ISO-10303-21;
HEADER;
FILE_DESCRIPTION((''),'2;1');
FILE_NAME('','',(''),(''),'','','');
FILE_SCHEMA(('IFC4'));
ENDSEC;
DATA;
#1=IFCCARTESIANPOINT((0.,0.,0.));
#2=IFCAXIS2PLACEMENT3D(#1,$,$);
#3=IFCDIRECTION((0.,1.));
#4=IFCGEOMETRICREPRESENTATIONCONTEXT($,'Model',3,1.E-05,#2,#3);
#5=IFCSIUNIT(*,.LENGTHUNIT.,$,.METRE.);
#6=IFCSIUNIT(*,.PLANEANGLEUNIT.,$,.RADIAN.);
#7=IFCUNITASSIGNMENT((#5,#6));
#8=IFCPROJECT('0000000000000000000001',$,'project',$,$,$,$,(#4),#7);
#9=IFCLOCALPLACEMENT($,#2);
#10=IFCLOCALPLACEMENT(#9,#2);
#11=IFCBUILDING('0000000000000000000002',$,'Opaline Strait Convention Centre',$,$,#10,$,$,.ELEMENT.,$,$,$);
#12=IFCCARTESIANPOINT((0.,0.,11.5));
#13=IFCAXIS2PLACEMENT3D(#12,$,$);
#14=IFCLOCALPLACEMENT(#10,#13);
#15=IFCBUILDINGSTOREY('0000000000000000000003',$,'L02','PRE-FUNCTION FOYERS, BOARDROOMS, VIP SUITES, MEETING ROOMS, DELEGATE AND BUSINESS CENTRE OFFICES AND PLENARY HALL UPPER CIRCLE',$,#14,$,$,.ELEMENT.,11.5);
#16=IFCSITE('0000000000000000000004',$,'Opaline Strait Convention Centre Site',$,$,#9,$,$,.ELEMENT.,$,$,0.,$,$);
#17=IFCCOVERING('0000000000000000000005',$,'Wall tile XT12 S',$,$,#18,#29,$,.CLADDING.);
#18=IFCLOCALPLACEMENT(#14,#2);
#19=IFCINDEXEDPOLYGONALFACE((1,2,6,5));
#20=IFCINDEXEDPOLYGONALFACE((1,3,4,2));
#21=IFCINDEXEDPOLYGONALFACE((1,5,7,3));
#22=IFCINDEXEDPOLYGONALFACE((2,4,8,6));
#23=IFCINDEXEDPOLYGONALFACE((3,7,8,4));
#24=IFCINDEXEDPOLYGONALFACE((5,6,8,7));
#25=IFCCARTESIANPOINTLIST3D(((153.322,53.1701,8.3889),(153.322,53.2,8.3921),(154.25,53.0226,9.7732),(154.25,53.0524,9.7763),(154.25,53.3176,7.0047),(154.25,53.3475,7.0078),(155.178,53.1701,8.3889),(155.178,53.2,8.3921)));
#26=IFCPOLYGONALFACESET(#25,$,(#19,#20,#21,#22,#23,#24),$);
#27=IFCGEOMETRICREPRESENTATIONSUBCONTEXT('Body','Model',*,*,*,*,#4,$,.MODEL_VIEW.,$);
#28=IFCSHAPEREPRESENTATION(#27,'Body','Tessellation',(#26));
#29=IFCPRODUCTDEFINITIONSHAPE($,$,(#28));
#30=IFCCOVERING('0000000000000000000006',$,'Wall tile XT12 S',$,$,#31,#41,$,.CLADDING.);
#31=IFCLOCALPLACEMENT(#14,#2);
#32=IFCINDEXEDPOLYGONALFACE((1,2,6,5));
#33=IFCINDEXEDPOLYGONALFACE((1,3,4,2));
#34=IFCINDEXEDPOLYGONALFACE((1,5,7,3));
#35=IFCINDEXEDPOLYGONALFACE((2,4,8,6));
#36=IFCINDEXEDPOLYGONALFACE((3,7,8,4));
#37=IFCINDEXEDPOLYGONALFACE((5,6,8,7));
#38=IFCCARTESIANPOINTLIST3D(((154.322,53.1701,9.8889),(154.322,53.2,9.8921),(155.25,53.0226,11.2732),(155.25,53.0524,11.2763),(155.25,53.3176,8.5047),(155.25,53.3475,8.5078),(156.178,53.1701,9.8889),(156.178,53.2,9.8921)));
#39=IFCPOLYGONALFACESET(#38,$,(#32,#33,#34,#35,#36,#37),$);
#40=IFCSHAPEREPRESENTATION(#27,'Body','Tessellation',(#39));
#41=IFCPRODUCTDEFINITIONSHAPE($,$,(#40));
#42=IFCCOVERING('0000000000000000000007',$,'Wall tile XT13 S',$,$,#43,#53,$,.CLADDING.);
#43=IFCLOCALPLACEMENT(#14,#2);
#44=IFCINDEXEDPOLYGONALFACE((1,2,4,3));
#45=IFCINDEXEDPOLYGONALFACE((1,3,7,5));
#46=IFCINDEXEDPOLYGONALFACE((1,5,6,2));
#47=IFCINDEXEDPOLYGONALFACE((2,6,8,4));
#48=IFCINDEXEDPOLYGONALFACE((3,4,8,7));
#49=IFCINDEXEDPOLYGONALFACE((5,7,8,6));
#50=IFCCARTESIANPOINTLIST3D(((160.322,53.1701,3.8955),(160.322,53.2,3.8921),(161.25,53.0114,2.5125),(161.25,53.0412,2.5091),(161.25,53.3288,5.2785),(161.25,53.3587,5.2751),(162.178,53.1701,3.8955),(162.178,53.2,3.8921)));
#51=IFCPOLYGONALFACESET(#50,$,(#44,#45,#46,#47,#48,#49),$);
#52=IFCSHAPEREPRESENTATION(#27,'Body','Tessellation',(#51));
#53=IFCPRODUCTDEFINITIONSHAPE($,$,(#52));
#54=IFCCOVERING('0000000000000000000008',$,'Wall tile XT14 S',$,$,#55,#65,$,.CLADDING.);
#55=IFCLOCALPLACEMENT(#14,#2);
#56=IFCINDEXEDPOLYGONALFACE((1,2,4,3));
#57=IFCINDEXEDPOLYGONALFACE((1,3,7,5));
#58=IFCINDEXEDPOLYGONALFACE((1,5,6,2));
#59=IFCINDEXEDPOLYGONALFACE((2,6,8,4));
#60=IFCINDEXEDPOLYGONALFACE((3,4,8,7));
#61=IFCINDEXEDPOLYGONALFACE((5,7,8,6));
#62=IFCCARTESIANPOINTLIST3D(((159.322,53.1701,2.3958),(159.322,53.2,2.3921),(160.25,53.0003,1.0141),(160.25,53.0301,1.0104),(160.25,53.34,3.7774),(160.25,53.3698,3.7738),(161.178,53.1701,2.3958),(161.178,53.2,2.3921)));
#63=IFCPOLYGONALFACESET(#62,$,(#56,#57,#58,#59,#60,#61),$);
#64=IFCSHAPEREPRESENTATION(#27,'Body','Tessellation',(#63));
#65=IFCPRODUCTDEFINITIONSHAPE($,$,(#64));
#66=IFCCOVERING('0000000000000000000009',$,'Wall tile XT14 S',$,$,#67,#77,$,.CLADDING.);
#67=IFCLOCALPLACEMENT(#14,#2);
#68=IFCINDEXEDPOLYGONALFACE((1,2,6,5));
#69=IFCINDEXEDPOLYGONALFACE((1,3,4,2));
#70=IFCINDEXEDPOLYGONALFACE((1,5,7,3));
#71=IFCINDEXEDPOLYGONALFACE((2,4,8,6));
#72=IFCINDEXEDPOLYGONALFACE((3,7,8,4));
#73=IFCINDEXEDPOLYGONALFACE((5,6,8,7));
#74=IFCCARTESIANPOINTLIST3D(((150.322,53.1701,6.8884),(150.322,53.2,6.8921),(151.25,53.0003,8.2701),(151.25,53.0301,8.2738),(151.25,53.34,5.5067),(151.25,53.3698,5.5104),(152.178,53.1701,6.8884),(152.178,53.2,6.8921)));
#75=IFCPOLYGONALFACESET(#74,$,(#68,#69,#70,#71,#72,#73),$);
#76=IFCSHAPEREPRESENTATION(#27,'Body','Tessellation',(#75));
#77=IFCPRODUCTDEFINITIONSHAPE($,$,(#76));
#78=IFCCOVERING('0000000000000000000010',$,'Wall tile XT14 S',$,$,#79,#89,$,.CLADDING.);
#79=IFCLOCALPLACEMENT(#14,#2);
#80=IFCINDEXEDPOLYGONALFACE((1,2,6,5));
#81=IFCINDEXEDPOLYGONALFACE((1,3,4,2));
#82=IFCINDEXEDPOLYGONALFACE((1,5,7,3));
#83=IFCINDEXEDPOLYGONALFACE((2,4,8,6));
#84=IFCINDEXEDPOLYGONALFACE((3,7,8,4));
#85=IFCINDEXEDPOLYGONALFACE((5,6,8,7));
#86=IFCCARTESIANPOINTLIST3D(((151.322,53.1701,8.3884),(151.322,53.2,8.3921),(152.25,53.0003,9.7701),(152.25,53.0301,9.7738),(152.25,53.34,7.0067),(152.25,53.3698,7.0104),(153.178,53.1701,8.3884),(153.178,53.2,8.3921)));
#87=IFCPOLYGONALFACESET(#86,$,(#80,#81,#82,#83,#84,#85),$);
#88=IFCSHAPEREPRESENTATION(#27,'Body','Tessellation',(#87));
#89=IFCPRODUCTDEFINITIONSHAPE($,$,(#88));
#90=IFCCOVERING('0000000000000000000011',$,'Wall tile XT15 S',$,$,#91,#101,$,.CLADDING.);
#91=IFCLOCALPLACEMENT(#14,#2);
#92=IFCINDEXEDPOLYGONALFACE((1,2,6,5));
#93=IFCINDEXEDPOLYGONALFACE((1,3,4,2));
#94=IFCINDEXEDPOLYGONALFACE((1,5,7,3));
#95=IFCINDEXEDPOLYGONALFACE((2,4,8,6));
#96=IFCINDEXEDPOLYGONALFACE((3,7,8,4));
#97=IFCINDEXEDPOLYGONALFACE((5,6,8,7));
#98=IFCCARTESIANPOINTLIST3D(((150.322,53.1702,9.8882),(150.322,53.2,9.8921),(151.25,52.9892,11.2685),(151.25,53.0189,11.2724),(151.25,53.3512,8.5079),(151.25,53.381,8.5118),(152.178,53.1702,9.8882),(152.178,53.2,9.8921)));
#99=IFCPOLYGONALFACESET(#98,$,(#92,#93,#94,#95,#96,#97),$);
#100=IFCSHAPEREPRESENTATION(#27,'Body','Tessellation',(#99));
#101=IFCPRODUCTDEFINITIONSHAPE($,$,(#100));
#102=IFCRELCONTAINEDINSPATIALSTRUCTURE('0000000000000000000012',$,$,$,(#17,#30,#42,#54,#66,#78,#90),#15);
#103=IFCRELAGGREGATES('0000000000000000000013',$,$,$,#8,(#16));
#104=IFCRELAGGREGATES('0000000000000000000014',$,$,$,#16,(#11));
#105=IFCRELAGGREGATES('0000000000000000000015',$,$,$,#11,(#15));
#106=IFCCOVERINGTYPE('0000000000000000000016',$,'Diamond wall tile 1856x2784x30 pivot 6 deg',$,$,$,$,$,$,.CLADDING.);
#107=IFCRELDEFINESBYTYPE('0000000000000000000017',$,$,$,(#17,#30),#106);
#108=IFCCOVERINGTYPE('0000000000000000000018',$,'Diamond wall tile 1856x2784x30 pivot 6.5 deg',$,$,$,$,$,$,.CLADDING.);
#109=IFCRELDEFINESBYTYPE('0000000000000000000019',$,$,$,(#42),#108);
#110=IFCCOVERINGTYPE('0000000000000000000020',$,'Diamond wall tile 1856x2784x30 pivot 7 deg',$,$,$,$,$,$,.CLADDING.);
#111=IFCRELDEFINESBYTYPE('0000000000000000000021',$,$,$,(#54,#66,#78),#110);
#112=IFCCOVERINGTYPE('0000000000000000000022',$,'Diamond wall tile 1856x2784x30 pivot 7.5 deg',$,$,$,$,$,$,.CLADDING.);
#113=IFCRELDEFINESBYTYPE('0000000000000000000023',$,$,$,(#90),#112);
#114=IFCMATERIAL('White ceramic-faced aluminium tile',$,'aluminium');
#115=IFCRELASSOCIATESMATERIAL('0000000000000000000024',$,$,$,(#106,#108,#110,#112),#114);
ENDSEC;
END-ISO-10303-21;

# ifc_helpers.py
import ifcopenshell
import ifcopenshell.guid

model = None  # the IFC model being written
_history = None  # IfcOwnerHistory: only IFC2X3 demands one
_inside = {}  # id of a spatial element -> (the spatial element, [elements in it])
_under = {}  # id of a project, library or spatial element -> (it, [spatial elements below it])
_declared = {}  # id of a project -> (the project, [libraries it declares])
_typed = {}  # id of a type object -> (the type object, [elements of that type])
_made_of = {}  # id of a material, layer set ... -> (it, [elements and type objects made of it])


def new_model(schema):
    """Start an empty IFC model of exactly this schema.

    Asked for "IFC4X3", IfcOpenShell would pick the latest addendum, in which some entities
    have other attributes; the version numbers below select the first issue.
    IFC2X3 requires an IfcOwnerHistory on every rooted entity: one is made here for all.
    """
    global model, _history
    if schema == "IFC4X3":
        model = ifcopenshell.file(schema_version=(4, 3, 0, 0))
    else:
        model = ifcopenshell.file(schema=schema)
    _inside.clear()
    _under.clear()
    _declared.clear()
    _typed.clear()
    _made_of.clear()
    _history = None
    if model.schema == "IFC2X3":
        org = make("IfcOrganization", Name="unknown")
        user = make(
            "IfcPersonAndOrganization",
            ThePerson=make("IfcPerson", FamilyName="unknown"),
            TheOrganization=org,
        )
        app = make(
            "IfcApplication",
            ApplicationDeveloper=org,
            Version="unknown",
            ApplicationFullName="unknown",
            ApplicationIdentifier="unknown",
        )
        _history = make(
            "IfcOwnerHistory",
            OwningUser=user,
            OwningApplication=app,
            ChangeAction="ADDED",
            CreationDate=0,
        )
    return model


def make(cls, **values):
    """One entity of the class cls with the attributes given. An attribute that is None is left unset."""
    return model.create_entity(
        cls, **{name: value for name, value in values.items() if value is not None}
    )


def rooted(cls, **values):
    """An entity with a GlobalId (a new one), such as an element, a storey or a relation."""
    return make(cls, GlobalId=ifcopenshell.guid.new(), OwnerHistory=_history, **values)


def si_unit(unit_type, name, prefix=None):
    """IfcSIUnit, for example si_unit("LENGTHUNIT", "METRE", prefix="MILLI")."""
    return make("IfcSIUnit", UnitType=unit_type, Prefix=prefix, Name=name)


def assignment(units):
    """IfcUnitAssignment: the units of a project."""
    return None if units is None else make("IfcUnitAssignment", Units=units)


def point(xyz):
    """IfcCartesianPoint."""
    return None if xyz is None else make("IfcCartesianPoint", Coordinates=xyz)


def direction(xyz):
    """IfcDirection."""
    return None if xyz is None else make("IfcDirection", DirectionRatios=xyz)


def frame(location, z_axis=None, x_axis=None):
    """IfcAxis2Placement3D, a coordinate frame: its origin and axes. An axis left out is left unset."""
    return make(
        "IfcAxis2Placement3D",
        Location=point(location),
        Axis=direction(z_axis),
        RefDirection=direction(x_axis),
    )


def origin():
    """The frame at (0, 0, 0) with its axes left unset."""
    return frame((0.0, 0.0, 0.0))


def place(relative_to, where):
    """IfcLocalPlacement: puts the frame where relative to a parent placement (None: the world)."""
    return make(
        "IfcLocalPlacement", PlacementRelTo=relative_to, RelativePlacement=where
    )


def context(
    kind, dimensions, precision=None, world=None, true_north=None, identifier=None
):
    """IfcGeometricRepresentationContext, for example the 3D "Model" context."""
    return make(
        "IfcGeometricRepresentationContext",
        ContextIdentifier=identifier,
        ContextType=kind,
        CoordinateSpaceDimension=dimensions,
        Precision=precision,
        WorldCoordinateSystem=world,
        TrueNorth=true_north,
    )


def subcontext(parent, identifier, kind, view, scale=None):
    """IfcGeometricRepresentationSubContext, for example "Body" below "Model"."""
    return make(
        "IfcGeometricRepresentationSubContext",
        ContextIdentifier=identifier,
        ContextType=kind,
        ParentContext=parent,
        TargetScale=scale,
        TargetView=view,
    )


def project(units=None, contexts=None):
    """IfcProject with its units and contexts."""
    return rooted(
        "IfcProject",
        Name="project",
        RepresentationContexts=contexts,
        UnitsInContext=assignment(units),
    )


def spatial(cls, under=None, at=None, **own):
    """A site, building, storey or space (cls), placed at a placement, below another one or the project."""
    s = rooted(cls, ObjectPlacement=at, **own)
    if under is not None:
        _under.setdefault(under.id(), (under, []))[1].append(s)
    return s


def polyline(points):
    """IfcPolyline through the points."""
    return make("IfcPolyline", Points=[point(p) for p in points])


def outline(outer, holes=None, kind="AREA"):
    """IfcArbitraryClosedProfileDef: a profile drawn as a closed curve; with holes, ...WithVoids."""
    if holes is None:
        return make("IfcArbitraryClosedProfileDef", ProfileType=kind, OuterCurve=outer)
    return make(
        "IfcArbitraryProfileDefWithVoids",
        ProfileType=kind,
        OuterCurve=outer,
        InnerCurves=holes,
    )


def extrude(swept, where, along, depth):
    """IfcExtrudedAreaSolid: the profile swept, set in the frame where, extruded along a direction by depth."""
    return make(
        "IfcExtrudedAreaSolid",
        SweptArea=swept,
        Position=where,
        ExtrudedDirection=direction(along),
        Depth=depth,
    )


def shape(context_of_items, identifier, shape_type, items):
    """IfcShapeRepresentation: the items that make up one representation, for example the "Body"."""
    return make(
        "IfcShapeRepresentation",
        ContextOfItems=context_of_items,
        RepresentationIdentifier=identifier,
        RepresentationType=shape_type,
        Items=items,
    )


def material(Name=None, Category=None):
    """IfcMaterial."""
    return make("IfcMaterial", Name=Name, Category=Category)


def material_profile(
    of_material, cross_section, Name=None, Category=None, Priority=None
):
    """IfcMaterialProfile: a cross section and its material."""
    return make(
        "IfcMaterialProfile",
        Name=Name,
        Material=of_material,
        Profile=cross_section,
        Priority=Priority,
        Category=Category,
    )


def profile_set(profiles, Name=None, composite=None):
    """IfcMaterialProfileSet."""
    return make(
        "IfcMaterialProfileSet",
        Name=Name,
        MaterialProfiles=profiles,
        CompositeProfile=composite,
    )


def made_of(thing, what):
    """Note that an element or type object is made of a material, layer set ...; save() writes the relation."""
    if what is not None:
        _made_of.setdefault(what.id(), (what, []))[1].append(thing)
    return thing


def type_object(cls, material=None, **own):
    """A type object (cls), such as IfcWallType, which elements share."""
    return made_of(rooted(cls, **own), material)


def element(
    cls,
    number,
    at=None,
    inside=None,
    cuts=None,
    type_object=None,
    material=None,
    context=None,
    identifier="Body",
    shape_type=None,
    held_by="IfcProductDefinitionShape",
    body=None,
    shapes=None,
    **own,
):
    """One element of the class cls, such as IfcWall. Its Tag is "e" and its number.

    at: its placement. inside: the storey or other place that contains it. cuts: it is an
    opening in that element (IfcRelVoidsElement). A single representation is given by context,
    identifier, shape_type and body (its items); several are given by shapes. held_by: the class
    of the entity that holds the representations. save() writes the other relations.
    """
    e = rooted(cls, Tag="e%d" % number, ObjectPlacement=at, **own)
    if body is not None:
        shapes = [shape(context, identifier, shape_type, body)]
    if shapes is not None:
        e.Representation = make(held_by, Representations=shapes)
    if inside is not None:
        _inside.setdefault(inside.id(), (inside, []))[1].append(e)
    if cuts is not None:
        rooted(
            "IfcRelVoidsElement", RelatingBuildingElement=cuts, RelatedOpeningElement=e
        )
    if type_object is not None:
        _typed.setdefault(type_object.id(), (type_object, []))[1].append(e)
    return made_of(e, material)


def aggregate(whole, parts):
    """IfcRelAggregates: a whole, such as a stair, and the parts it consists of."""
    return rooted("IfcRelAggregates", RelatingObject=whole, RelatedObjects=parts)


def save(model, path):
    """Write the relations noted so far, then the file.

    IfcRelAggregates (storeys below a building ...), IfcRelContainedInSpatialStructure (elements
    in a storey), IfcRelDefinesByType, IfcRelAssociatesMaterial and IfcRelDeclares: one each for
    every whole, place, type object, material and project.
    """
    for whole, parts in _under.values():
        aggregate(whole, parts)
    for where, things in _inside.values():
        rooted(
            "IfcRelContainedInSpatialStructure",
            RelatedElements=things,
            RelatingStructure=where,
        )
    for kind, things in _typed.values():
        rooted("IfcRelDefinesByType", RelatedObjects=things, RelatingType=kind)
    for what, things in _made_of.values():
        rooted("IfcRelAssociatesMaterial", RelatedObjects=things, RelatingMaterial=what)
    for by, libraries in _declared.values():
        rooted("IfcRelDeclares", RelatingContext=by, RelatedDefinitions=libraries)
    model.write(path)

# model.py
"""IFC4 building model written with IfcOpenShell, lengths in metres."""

from ifc_helpers import new_model, si_unit, direction, frame, origin, place, context, subcontext, project, spatial, polyline, outline, extrude, material, material_profile, profile_set, type_object, element, save


model = new_model("IFC4")

# Units and contexts
model_context = context("Model", 3, precision=1e-05, world=origin(), true_north=direction((0.0, 1.0)))
body_context = subcontext(model_context, "Body", "Model", "MODEL_VIEW")
ifc_project = project(units=[si_unit("LENGTHUNIT", "METRE"), si_unit("PLANEANGLEUNIT", "RADIAN")], contexts=[model_context])

# Site, building, storey
site_placement = place(None, origin())
site = spatial("IfcSite", under=ifc_project, at=site_placement, Name="Opaline Strait Convention Centre Site", CompositionType="ELEMENT", RefElevation=0.0)
building_placement = place(site_placement, origin())
building = spatial("IfcBuilding", under=site, at=building_placement, Name="Opaline Strait Convention Centre", CompositionType="ELEMENT")
storey_placement = place(building_placement, frame((0.0, 0.0, 11.5)))
storey = spatial("IfcBuildingStorey", under=building, at=storey_placement, Name="L02", Description="PRE-FUNCTION FOYERS, BOARDROOMS, VIP SUITES, MEETING ROOMS, DELEGATE AND BUSINESS CENTRE OFFICES AND PLENARY HALL UPPER CIRCLE", CompositionType="ELEMENT", Elevation=11.5)

# Coverings
ifc_material = material(Name="White ceramic-faced aluminium tile", Category="aluminium")
ifc_material_profile_1 = material_profile(ifc_material, outline(polyline([(0.928, 0.0), (0.0, 1.3921), (-0.928, 0.0), (0.0, -1.3921), (0.928, 0.0)])), Name="Diamond tile 1856x2784")
ifc_profile_set_1 = profile_set([ifc_material_profile_1], Name="White ceramic-faced aluminium tile")
covering_type_1 = type_object("IfcCoveringType", Name="Diamond wall tile 1856x2784x30 pivot 6 deg", PredefinedType="CLADDING", material=ifc_profile_set_1)
for number, where, z_axis, x_axis, name in (
    (1, (154.25, 53.2, 8.3921), (0.0, -0.994371, -0.105958), (1.0, 0.0, 0.0), "Wall tile XT12 S"),
    (2, (155.25, 53.2, 9.8921), (0.0, -0.994371, -0.105958), (1.0, 0.0, 0.0), "Wall tile XT12 S"),
):
    element("IfcCovering", number, at=place(storey_placement, frame(where, z_axis=z_axis, x_axis=x_axis)), inside=storey, type_object=covering_type_1, Name=name, PredefinedType="CLADDING", context=body_context, shape_type="SweptSolid", body=[
        extrude(outline(polyline([(0.928, 0.0), (0.0, 1.3921), (-0.928, 0.0), (0.0, -1.3921), (0.928, 0.0)])), origin(), (0.0, 0.0, 1.0), 0.03),
    ])
ifc_material_profile_2 = material_profile(ifc_material, outline(polyline([(0.928, 0.0), (0.0, 1.3921), (-0.928, 0.0), (0.0, -1.3921), (0.928, 0.0)])), Name="Diamond tile 1856x2784")
ifc_profile_set_2 = profile_set([ifc_material_profile_2], Name="White ceramic-faced aluminium tile")
covering_type_2 = type_object("IfcCoveringType", Name="Diamond wall tile 1856x2784x30 pivot 6.5 deg", PredefinedType="CLADDING", material=ifc_profile_set_2)
covering_1_placement = place(storey_placement, frame((161.25, 53.2, 3.8921), z_axis=(0.0, -0.99348, 0.114006), x_axis=(1.0, 0.0, 0.0)))
element("IfcCovering", 3, at=covering_1_placement, inside=storey, type_object=covering_type_2, Name="Wall tile XT13 S", PredefinedType="CLADDING", context=body_context, shape_type="SweptSolid", body=[
    extrude(outline(polyline([(0.928, 0.0), (0.0, 1.3921), (-0.928, 0.0), (0.0, -1.3921), (0.928, 0.0)])), origin(), (0.0, 0.0, 1.0), 0.03),
])
ifc_material_profile_3 = material_profile(ifc_material, outline(polyline([(0.928, 0.0), (0.0, 1.3921), (-0.928, 0.0), (0.0, -1.3921), (0.928, 0.0)])), Name="Diamond tile 1856x2784")
ifc_profile_set_3 = profile_set([ifc_material_profile_3], Name="White ceramic-faced aluminium tile")
covering_type_3 = type_object("IfcCoveringType", Name="Diamond wall tile 1856x2784x30 pivot 7 deg", PredefinedType="CLADDING", material=ifc_profile_set_3)
for number, where, z_axis, x_axis, name in (
    (4, (160.25, 53.2, 2.3921), (0.0, -0.992526, 0.122032), (1.0, 0.0, 0.0), "Wall tile XT14 S"),
    (5, (151.25, 53.2, 6.8921), (0.0, -0.992526, -0.122032), (1.0, 0.0, 0.0), "Wall tile XT14 S"),
    (6, (152.25, 53.2, 8.3921), (0.0, -0.992526, -0.122032), (1.0, 0.0, 0.0), "Wall tile XT14 S"),
):
    element("IfcCovering", number, at=place(storey_placement, frame(where, z_axis=z_axis, x_axis=x_axis)), inside=storey, type_object=covering_type_3, Name=name, PredefinedType="CLADDING", context=body_context, shape_type="SweptSolid", body=[
        extrude(outline(polyline([(0.928, 0.0), (0.0, 1.3921), (-0.928, 0.0), (0.0, -1.3921), (0.928, 0.0)])), origin(), (0.0, 0.0, 1.0), 0.03),
    ])
ifc_material_profile_4 = material_profile(ifc_material, outline(polyline([(0.928, 0.0), (0.0, 1.3921), (-0.928, 0.0), (0.0, -1.3921), (0.928, 0.0)])), Name="Diamond tile 1856x2784")
ifc_profile_set_4 = profile_set([ifc_material_profile_4], Name="White ceramic-faced aluminium tile")
covering_type_4 = type_object("IfcCoveringType", Name="Diamond wall tile 1856x2784x30 pivot 7.5 deg", PredefinedType="CLADDING", material=ifc_profile_set_4)
covering_2_placement = place(storey_placement, frame((151.25, 53.2, 9.8921), z_axis=(0.0, -0.99151, -0.130034), x_axis=(1.0, 0.0, 0.0)))
element("IfcCovering", 7, at=covering_2_placement, inside=storey, type_object=covering_type_4, Name="Wall tile XT15 S", PredefinedType="CLADDING", context=body_context, shape_type="SweptSolid", body=[
    extrude(outline(polyline([(0.928, 0.0), (0.0, 1.3921), (-0.928, 0.0), (0.0, -1.3921), (0.928, 0.0)])), origin(), (0.0, 0.0, 1.0), 0.03),
])

save(model, "model.ifc")
